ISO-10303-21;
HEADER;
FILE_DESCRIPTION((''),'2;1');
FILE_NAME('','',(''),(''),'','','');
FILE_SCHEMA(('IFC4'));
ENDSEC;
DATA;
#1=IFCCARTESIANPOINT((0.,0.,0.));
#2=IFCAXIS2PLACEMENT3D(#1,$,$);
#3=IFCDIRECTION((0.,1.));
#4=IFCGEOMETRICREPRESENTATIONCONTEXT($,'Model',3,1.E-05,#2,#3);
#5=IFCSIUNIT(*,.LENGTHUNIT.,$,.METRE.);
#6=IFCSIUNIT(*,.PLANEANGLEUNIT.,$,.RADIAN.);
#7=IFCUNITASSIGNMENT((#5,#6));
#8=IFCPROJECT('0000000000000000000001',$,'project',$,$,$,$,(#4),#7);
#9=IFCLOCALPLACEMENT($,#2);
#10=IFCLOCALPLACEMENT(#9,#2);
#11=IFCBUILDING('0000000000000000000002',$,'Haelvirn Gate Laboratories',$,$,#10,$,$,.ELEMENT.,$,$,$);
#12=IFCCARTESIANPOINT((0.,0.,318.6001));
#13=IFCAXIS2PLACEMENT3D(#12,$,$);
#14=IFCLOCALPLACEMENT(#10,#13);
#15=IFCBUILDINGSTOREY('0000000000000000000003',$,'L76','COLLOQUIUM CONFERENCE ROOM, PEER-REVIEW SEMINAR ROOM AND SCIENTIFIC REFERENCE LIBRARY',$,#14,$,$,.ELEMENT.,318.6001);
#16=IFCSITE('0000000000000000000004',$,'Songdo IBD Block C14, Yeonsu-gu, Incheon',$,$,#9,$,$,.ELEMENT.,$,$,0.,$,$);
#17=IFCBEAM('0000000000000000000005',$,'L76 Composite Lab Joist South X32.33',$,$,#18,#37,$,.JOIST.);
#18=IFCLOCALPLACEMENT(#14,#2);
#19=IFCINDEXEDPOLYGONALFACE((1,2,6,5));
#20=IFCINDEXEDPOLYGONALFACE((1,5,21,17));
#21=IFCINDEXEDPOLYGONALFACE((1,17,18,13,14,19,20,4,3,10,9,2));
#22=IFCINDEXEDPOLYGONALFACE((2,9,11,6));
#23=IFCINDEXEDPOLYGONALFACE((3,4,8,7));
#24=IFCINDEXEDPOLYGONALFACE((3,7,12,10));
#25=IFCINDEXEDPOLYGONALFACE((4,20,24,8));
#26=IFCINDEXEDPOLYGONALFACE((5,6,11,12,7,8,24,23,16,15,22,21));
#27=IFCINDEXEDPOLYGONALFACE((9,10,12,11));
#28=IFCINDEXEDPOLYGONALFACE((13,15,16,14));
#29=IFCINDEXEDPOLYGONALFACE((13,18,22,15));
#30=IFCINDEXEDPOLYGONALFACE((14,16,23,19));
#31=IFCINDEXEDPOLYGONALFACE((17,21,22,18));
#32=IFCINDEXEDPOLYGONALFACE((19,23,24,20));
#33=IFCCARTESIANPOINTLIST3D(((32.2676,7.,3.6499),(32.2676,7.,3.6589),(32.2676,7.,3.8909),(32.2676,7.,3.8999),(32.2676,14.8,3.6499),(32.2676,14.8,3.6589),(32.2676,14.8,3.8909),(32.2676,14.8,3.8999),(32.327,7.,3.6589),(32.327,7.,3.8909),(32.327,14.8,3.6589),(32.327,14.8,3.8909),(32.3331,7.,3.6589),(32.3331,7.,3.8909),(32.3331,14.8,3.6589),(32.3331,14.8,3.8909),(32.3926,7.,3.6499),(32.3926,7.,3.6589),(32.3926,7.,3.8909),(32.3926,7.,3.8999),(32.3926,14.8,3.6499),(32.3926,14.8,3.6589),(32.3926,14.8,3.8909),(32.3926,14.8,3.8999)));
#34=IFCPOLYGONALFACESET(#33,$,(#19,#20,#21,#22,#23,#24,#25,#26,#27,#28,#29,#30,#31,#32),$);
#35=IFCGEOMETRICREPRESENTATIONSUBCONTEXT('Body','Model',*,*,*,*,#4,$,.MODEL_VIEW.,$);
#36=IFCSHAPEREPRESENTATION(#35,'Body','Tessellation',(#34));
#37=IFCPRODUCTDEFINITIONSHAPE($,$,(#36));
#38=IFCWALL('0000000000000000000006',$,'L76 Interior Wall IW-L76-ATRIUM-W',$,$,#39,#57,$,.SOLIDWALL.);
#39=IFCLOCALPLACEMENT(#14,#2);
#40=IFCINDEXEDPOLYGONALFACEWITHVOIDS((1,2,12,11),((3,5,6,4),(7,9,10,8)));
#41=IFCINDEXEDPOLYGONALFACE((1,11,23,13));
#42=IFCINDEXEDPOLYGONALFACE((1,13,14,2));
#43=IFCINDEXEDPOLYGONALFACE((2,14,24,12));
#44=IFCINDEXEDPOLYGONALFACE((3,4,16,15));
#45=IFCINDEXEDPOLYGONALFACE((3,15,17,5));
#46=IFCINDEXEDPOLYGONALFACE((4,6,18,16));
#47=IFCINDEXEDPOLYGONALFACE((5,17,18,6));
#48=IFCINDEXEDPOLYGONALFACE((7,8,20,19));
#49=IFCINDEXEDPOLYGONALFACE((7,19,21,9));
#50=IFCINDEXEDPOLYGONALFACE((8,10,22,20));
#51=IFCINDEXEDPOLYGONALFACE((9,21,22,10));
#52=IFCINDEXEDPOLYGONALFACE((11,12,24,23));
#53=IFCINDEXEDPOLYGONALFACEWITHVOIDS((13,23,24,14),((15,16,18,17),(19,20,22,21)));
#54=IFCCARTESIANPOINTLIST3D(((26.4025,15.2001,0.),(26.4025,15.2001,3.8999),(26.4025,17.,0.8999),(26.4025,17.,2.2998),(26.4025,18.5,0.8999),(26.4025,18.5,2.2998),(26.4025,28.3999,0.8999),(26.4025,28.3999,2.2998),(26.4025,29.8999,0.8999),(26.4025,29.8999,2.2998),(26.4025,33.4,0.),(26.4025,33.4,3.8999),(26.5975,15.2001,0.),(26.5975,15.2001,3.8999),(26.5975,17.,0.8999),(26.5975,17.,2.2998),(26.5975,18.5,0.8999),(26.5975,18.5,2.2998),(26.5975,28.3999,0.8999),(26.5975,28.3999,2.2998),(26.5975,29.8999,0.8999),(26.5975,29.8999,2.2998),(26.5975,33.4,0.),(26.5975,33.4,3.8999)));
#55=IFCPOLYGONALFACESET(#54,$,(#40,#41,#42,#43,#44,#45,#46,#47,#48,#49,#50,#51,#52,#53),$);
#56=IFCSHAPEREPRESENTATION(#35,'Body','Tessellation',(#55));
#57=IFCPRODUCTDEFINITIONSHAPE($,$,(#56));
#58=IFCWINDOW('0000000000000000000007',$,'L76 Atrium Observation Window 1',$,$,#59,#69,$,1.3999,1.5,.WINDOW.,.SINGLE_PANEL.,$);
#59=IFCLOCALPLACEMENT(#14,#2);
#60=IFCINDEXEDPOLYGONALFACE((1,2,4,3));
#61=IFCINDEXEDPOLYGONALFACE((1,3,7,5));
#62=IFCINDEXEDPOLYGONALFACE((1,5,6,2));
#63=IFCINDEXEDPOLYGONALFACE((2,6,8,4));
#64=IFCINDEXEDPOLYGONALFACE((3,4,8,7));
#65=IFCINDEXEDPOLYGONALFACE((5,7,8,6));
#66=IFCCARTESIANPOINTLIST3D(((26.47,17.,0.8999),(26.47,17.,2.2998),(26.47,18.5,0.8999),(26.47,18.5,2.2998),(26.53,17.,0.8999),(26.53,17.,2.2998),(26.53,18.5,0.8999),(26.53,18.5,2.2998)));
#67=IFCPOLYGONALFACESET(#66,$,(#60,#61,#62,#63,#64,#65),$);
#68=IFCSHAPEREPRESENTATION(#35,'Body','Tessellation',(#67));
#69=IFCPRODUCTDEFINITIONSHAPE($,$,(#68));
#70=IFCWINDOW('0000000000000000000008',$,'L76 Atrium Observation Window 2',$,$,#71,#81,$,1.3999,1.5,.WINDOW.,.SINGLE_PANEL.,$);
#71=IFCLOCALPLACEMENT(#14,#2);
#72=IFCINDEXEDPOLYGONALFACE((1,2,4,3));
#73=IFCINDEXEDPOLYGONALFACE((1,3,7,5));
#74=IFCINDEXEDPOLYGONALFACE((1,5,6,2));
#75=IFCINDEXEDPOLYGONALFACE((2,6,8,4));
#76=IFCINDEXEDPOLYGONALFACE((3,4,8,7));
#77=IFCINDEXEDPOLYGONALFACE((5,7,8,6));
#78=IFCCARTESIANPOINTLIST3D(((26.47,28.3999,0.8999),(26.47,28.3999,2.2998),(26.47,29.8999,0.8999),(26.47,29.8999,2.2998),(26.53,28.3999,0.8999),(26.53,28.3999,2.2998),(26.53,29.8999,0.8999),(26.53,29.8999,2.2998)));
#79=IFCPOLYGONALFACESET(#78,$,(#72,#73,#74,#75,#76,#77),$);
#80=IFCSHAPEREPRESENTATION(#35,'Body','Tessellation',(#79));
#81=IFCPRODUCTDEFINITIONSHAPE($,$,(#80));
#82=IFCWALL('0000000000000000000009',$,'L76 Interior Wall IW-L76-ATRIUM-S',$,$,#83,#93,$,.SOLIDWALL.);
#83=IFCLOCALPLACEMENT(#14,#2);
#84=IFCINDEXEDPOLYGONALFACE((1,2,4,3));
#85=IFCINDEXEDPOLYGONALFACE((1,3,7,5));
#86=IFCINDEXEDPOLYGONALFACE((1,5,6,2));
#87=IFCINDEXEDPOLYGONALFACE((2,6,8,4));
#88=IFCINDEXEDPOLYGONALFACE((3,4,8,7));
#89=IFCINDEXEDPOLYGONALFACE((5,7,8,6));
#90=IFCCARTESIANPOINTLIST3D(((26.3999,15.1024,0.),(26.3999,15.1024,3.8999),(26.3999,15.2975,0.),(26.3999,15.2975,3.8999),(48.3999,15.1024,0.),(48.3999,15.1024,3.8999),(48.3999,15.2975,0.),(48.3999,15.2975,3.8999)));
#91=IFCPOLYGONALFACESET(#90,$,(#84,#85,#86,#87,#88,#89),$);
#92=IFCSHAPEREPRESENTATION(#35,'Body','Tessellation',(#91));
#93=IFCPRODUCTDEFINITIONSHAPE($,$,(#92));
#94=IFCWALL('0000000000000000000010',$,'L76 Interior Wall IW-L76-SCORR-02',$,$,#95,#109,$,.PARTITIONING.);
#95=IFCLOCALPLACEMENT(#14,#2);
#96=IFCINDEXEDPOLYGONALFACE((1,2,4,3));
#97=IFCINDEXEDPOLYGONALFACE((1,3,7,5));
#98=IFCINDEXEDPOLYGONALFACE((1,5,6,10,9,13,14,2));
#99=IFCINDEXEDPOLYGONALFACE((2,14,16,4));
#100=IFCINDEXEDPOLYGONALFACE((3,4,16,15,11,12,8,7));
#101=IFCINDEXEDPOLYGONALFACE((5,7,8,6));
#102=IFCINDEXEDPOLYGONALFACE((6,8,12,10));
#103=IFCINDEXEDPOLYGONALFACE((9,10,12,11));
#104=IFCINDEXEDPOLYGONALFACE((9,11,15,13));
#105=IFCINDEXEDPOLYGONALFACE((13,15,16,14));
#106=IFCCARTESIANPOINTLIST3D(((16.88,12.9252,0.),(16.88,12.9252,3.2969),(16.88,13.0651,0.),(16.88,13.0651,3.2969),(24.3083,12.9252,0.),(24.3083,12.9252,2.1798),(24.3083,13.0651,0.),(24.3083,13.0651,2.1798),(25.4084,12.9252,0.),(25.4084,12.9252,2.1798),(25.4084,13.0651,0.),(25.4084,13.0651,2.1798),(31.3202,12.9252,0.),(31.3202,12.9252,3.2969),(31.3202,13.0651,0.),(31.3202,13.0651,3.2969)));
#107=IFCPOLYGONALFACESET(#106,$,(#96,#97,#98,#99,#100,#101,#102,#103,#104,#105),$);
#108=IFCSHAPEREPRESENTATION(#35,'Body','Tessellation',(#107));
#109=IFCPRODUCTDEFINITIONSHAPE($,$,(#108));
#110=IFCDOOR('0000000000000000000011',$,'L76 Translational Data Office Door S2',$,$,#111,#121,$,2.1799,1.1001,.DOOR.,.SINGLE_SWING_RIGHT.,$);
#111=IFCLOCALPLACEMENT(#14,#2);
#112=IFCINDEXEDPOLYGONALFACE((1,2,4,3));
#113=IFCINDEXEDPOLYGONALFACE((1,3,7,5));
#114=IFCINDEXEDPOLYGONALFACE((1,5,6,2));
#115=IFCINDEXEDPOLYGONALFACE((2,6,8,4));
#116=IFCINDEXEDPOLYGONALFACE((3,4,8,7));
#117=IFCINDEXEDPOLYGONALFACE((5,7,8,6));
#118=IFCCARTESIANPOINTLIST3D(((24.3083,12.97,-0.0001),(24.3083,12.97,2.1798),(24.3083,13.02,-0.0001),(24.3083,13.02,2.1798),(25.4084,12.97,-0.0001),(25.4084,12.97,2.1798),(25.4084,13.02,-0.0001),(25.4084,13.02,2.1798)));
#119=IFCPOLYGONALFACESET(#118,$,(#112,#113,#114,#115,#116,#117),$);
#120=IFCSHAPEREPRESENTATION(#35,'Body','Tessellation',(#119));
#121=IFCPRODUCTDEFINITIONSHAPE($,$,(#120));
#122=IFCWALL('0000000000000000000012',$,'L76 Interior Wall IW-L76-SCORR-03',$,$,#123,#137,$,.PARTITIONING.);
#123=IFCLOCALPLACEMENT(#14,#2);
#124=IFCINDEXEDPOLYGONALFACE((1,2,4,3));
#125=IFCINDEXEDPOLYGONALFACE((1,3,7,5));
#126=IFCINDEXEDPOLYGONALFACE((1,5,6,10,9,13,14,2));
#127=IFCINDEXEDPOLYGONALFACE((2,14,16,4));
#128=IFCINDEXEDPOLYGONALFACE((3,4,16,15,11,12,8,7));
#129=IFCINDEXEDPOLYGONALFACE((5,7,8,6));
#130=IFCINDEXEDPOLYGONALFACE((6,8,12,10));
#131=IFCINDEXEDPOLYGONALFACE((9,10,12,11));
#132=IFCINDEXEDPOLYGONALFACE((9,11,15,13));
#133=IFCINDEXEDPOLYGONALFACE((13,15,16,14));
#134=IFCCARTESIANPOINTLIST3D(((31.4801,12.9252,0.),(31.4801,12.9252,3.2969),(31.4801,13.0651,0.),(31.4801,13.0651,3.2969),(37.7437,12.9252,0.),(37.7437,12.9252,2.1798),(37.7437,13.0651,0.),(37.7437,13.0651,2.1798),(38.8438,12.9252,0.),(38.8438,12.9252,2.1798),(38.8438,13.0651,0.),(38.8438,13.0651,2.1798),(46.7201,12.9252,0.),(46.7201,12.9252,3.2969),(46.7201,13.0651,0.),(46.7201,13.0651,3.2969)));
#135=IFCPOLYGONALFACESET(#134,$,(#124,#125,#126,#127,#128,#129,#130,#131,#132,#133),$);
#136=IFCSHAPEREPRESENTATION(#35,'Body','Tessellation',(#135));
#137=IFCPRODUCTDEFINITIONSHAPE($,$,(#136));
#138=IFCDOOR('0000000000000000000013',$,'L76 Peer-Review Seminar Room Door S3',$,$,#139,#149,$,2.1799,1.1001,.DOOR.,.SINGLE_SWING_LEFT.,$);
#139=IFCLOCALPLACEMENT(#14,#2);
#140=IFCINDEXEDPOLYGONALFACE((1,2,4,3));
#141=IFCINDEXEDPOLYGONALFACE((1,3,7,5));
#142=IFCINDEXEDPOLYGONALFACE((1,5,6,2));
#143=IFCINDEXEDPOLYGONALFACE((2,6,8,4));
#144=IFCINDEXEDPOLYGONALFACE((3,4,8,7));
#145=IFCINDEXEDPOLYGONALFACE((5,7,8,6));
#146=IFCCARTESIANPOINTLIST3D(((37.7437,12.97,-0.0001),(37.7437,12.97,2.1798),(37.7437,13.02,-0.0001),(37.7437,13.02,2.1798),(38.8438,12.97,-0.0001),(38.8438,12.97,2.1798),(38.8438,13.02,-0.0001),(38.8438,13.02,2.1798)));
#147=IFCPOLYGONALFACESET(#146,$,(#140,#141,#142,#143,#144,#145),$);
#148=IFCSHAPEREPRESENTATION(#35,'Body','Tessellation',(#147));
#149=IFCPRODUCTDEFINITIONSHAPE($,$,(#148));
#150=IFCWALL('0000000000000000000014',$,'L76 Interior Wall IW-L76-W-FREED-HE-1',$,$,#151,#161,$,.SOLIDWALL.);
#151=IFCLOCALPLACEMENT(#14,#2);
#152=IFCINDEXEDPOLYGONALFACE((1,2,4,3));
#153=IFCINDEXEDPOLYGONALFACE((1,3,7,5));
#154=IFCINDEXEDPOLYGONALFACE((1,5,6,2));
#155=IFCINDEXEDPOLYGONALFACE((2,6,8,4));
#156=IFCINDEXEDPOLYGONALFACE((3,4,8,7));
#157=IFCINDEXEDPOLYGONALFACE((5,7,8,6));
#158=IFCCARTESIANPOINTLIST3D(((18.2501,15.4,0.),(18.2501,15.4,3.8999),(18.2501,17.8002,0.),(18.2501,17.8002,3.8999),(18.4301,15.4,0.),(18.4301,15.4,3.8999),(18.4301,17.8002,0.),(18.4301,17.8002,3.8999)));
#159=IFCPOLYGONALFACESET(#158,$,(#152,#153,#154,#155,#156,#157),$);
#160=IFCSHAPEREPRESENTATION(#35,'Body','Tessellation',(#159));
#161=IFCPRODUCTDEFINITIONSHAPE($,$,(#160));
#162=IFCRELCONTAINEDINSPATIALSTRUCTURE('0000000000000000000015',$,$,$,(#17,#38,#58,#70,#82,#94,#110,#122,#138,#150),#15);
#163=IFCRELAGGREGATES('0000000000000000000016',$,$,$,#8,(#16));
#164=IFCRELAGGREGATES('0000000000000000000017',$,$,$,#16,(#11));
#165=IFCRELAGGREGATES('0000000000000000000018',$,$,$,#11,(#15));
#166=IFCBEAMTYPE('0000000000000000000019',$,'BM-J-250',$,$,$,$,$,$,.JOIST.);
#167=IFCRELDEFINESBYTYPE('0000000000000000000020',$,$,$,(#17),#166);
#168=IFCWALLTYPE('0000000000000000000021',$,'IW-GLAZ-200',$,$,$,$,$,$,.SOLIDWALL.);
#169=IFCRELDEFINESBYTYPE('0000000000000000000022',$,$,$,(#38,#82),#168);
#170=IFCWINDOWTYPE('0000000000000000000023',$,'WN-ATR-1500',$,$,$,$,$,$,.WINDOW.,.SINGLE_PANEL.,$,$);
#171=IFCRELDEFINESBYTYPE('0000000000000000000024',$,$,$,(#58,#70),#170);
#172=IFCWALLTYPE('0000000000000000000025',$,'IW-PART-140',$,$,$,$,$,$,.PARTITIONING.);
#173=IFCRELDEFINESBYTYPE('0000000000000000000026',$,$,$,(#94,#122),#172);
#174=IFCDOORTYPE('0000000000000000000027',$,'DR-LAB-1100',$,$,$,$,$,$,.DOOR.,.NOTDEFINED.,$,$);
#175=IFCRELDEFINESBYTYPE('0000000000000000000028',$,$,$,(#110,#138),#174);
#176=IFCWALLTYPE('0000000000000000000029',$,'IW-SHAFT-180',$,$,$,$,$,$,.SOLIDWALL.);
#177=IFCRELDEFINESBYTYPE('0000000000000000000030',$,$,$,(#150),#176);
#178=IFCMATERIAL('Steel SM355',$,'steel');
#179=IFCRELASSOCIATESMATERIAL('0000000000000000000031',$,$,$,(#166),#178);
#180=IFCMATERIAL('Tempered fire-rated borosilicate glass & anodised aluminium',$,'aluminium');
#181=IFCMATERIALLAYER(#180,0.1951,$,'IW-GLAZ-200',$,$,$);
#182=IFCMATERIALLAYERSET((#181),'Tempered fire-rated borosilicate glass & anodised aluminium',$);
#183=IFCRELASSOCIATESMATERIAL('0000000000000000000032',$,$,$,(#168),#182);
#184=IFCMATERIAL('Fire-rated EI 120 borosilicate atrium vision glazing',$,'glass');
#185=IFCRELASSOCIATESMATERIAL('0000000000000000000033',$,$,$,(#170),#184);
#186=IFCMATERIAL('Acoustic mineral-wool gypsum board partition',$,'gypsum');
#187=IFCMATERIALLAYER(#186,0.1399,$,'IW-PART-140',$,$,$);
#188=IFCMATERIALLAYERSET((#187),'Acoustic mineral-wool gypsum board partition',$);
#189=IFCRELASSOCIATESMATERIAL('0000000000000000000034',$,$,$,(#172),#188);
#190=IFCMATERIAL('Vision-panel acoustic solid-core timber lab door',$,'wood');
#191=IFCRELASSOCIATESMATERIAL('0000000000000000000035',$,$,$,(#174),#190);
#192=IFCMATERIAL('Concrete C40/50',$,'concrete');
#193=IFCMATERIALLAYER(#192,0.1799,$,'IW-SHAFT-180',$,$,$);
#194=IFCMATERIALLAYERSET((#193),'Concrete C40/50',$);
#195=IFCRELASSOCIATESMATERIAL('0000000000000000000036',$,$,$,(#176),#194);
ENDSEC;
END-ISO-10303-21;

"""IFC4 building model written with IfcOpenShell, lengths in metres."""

from ifc_helpers import new_model, si_unit, direction, frame, frame_2d, origin, origin_2d, place, context, subcontext, project, spatial, rectangle, i_section, extrude, source, transform, mapped, material, layer, layer_set, material_profile, profile_set, type_object, type_shapes, element, fill, save


model = new_model("IFC4")

# Units and contexts
model_context = context("Model", 3, precision=1e-05, world=origin(), true_north=direction((0.0, 1.0)))
body_context = subcontext(model_context, "Body", "Model", "MODEL_VIEW")
ifc_project = project(units=[si_unit("LENGTHUNIT", "METRE"), si_unit("PLANEANGLEUNIT", "RADIAN")], contexts=[model_context])

# Site, building, storey
site_placement = place(None, origin())
site = spatial("IfcSite", under=ifc_project, at=site_placement, Name="Songdo IBD Block C14, Yeonsu-gu, Incheon", CompositionType="ELEMENT", RefElevation=0.0)
building_placement = place(site_placement, origin())
building = spatial("IfcBuilding", under=site, at=building_placement, Name="Haelvirn Gate Laboratories", CompositionType="ELEMENT")
storey_placement = place(building_placement, frame((0.0, 0.0, 318.6001)))
storey = spatial("IfcBuildingStorey", under=building, at=storey_placement, Name="L76", Description="COLLOQUIUM CONFERENCE ROOM, PEER-REVIEW SEMINAR ROOM AND SCIENTIFIC REFERENCE LIBRARY", CompositionType="ELEMENT", Elevation=318.6001)

# Shared definitions
ifc_material_1 = material(Name="Steel SM355", Category="steel")

# Beam
ifc_material_profile_1 = material_profile(ifc_material_1, i_section(OverallWidth=0.125, OverallDepth=0.25, WebThickness=0.0061, FlangeThickness=0.009, at=origin_2d()), Name="H-250x125x6x9")
ifc_profile_set_1 = profile_set([ifc_material_profile_1], Name="Steel SM355")
beam_type_1 = type_object("IfcBeamType", Name="BM-J-250", PredefinedType="JOIST", material=ifc_profile_set_1)
shared_shape_1 = source(origin(), body_context, "Body", "SweptSolid", [
    extrude(i_section(OverallWidth=0.125, OverallDepth=0.25, WebThickness=0.0061, FlangeThickness=0.009, at=origin_2d()), origin(), (0.0, 0.0, 1.0), 7.8),
])
type_shapes(beam_type_1, [shared_shape_1])
for number, where, z_axis, x_axis, name in (
    (1, (32.3301, 7.0, 3.7749), (0.0, 1.0, 0.0), (-1.0, 0.0, 0.0), "L76 Composite Lab Joist South X32.33"),
):
    element("IfcBeam", number, at=place(storey_placement, frame(where, z_axis=z_axis, x_axis=x_axis)), inside=storey, type_object=beam_type_1, Name=name, PredefinedType="JOIST", context=body_context, shape_type="MappedRepresentation", body=[
        mapped(shared_shape_1, transform((0.0, 0.0, 0.0), scale=1.0)),
    ])

# Wall, openings, windows
ifc_material_2 = material(Name="Tempered fire-rated borosilicate glass & anodised aluminium", Category="aluminium")
ifc_layer_1 = layer(ifc_material_2, 0.1951, Name="IW-GLAZ-200")
ifc_layer_set_1 = layer_set([ifc_layer_1], Name="Tempered fire-rated borosilicate glass & anodised aluminium")
wall_type_1 = type_object("IfcWallType", Name="IW-GLAZ-200", PredefinedType="SOLIDWALL", material=ifc_layer_set_1)
wall_1_placement = place(storey_placement, frame((26.5, 15.2, 0.0), z_axis=(0.0, 0.0, 1.0), x_axis=(0.0, 1.0, 0.0)))
wall_1 = element("IfcWall", 2, at=wall_1_placement, inside=storey, type_object=wall_type_1, Name="L76 Interior Wall IW-L76-ATRIUM-W", PredefinedType="SOLIDWALL", context=body_context, shape_type="SweptSolid", body=[
    extrude(rectangle(XDim=18.2, YDim=0.1951, at=frame_2d((9.1001, 0.0))), origin(), (0.0, 0.0, 1.0), 3.8999),
])
opening_1_placement = place(wall_1_placement, frame((1.8, 0.0, 0.8999)))
opening_1 = element("IfcOpeningElement", 3, at=opening_1_placement, cuts=wall_1, PredefinedType="OPENING", context=body_context, shape_type="SweptSolid", body=[
    extrude(rectangle(XDim=1.5, YDim=1.3999, at=frame_2d((0.75, 0.7))), frame((0.0, 0.1074, 0.0), z_axis=(0.0, -1.0, 0.0), x_axis=(1.0, 0.0, 0.0)), (0.0, 0.0, 1.0), 0.2151),
])
opening_2_placement = place(wall_1_placement, frame((13.2, 0.0, 0.8999)))
opening_2 = element("IfcOpeningElement", 4, at=opening_2_placement, cuts=wall_1, PredefinedType="OPENING", context=body_context, shape_type="SweptSolid", body=[
    extrude(rectangle(XDim=1.5, YDim=1.3999, at=frame_2d((0.75, 0.7))), frame((0.0, 0.1074, 0.0), z_axis=(0.0, -1.0, 0.0), x_axis=(1.0, 0.0, 0.0)), (0.0, 0.0, 1.0), 0.2151),
])
ifc_material_3 = material(Name="Fire-rated EI 120 borosilicate atrium vision glazing", Category="glass")
window_type = type_object("IfcWindowType", Name="WN-ATR-1500", PartitioningType="SINGLE_PANEL", PredefinedType="WINDOW", material=ifc_material_3)
shared_shape_2 = source(origin(), body_context, "Body", "SweptSolid", [
    extrude(rectangle(XDim=1.5, YDim=1.3999, at=frame_2d((0.75, 0.7))), frame((0.0, 0.03, 0.0), z_axis=(0.0, -1.0, 0.0), x_axis=(1.0, 0.0, 0.0)), (0.0, 0.0, 1.0), 0.0601),
])
type_shapes(window_type, [shared_shape_2])
window_1_placement = place(opening_1_placement, origin())
window_1 = element("IfcWindow", 5, at=window_1_placement, inside=storey, type_object=window_type, Name="L76 Atrium Observation Window 1", OverallHeight=1.3999, OverallWidth=1.5, PartitioningType="SINGLE_PANEL", PredefinedType="WINDOW", context=body_context, shape_type="MappedRepresentation", body=[
    mapped(shared_shape_2, transform((0.0, 0.0, 0.0), scale=1.0)),
])
fill(opening_1, window_1)
window_2_placement = place(opening_2_placement, origin())
window_2 = element("IfcWindow", 6, at=window_2_placement, inside=storey, type_object=window_type, Name="L76 Atrium Observation Window 2", OverallHeight=1.3999, OverallWidth=1.5, PartitioningType="SINGLE_PANEL", PredefinedType="WINDOW", context=body_context, shape_type="MappedRepresentation", body=[
    mapped(shared_shape_2, transform((0.0, 0.0, 0.0), scale=1.0)),
])
fill(opening_2, window_2)

# Wall
wall_2_placement = place(storey_placement, frame((26.3999, 15.2, 0.0), z_axis=(0.0, 0.0, 1.0), x_axis=(1.0, 0.0, 0.0)))
element("IfcWall", 7, at=wall_2_placement, inside=storey, type_object=wall_type_1, Name="L76 Interior Wall IW-L76-ATRIUM-S", PredefinedType="SOLIDWALL", context=body_context, shape_type="SweptSolid", body=[
    extrude(rectangle(XDim=22.0, YDim=0.1951, at=frame_2d((11.0, 0.0))), origin(), (0.0, 0.0, 1.0), 3.8999),
])

# Walls, openings, doors
ifc_material_4 = material(Name="Acoustic mineral-wool gypsum board partition", Category="gypsum")
ifc_layer_2 = layer(ifc_material_4, 0.1399, Name="IW-PART-140")
ifc_layer_set_2 = layer_set([ifc_layer_2], Name="Acoustic mineral-wool gypsum board partition")
wall_type_2 = type_object("IfcWallType", Name="IW-PART-140", PredefinedType="PARTITIONING", material=ifc_layer_set_2)
wall_3_placement = place(storey_placement, frame((16.8799, 12.9951, 0.0), z_axis=(0.0, 0.0, 1.0), x_axis=(1.0, 0.0, 0.0)))
wall_3 = element("IfcWall", 8, at=wall_3_placement, inside=storey, type_object=wall_type_2, Name="L76 Interior Wall IW-L76-SCORR-02", PredefinedType="PARTITIONING", context=body_context, shape_type="SweptSolid", body=[
    extrude(rectangle(XDim=14.4402, YDim=0.1399, at=frame_2d((7.2202, 0.0))), origin(), (0.0, 0.0, 1.0), 3.2969),
])
opening_3_placement = place(wall_3_placement, frame((7.4285, 0.0, 0.0)))
opening_3 = element("IfcOpeningElement", 9, at=opening_3_placement, cuts=wall_3, PredefinedType="OPENING", context=body_context, shape_type="SweptSolid", body=[
    extrude(rectangle(XDim=1.1001, YDim=2.1799, at=frame_2d((0.55, 1.0898))), frame((0.0, 0.0801, 0.0), z_axis=(0.0, -1.0, 0.0), x_axis=(1.0, 0.0, 0.0)), (0.0, 0.0, 1.0), 0.1599),
])
ifc_material_5 = material(Name="Vision-panel acoustic solid-core timber lab door", Category="wood")
door_type_1 = type_object("IfcDoorType", Name="DR-LAB-1100", OperationType="NOTDEFINED", PredefinedType="DOOR", material=ifc_material_5)
shared_shape_3 = source(origin(), body_context, "Body", "SweptSolid", [
    extrude(rectangle(XDim=1.1001, YDim=2.1799, at=frame_2d((0.55, 1.0898))), frame((0.0, 0.0249, 0.0), z_axis=(0.0, -1.0, 0.0), x_axis=(1.0, 0.0, 0.0)), (0.0, 0.0, 1.0), 0.05),
])
type_shapes(door_type_1, [shared_shape_3])
door_1_placement = place(opening_3_placement, origin())
door_1 = element("IfcDoor", 10, at=door_1_placement, inside=storey, type_object=door_type_1, Name="L76 Translational Data Office Door S2", OperationType="SINGLE_SWING_RIGHT", OverallHeight=2.1799, OverallWidth=1.1001, PredefinedType="DOOR", context=body_context, shape_type="MappedRepresentation", body=[
    mapped(shared_shape_3, transform((0.0, 0.0, 0.0), scale=1.0)),
])
fill(opening_3, door_1)
wall_4_placement = place(storey_placement, frame((31.48, 12.9951, 0.0), z_axis=(0.0, 0.0, 1.0), x_axis=(1.0, 0.0, 0.0)))
wall_4 = element("IfcWall", 11, at=wall_4_placement, inside=storey, type_object=wall_type_2, Name="L76 Interior Wall IW-L76-SCORR-03", PredefinedType="PARTITIONING", context=body_context, shape_type="SweptSolid", body=[
    extrude(rectangle(XDim=15.24, YDim=0.1399, at=frame_2d((7.6201, 0.0))), origin(), (0.0, 0.0, 1.0), 3.2969),
])
opening_4_placement = place(wall_4_placement, frame((6.2637, 0.0, 0.0)))
opening_4 = element("IfcOpeningElement", 12, at=opening_4_placement, cuts=wall_4, PredefinedType="OPENING", context=body_context, shape_type="SweptSolid", body=[
    extrude(rectangle(XDim=1.1001, YDim=2.1799, at=frame_2d((0.55, 1.0898))), frame((0.0, 0.0801, 0.0), z_axis=(0.0, -1.0, 0.0), x_axis=(1.0, 0.0, 0.0)), (0.0, 0.0, 1.0), 0.1599),
])
door_2_placement = place(opening_4_placement, origin())
door_2 = element("IfcDoor", 13, at=door_2_placement, inside=storey, type_object=door_type_1, Name="L76 Peer-Review Seminar Room Door S3", OperationType="SINGLE_SWING_LEFT", OverallHeight=2.1799, OverallWidth=1.1001, PredefinedType="DOOR", context=body_context, shape_type="MappedRepresentation", body=[
    mapped(shared_shape_3, transform((0.0, 0.0, 0.0), scale=1.0)),
])
fill(opening_4, door_2)

# Wall
ifc_material_6 = material(Name="Concrete C40/50", Category="concrete")
ifc_layer_3 = layer(ifc_material_6, 0.1799, Name="IW-SHAFT-180")
ifc_layer_set_3 = layer_set([ifc_layer_3], Name="Concrete C40/50")
wall_type_3 = type_object("IfcWallType", Name="IW-SHAFT-180", PredefinedType="SOLIDWALL", material=ifc_layer_set_3)
wall_5_placement = place(storey_placement, frame((18.3401, 15.3999, 0.0), z_axis=(0.0, 0.0, 1.0), x_axis=(0.0, 1.0, 0.0)))
element("IfcWall", 14, at=wall_5_placement, inside=storey, type_object=wall_type_3, Name="L76 Interior Wall IW-L76-W-FREED-HE-1", PredefinedType="SOLIDWALL", context=body_context, shape_type="SweptSolid", body=[
    extrude(rectangle(XDim=2.4001, YDim=0.1799, at=frame_2d((1.2002, 0.0))), origin(), (0.0, 0.0, 1.0), 3.8999),
])

save(model, "model.ifc")
